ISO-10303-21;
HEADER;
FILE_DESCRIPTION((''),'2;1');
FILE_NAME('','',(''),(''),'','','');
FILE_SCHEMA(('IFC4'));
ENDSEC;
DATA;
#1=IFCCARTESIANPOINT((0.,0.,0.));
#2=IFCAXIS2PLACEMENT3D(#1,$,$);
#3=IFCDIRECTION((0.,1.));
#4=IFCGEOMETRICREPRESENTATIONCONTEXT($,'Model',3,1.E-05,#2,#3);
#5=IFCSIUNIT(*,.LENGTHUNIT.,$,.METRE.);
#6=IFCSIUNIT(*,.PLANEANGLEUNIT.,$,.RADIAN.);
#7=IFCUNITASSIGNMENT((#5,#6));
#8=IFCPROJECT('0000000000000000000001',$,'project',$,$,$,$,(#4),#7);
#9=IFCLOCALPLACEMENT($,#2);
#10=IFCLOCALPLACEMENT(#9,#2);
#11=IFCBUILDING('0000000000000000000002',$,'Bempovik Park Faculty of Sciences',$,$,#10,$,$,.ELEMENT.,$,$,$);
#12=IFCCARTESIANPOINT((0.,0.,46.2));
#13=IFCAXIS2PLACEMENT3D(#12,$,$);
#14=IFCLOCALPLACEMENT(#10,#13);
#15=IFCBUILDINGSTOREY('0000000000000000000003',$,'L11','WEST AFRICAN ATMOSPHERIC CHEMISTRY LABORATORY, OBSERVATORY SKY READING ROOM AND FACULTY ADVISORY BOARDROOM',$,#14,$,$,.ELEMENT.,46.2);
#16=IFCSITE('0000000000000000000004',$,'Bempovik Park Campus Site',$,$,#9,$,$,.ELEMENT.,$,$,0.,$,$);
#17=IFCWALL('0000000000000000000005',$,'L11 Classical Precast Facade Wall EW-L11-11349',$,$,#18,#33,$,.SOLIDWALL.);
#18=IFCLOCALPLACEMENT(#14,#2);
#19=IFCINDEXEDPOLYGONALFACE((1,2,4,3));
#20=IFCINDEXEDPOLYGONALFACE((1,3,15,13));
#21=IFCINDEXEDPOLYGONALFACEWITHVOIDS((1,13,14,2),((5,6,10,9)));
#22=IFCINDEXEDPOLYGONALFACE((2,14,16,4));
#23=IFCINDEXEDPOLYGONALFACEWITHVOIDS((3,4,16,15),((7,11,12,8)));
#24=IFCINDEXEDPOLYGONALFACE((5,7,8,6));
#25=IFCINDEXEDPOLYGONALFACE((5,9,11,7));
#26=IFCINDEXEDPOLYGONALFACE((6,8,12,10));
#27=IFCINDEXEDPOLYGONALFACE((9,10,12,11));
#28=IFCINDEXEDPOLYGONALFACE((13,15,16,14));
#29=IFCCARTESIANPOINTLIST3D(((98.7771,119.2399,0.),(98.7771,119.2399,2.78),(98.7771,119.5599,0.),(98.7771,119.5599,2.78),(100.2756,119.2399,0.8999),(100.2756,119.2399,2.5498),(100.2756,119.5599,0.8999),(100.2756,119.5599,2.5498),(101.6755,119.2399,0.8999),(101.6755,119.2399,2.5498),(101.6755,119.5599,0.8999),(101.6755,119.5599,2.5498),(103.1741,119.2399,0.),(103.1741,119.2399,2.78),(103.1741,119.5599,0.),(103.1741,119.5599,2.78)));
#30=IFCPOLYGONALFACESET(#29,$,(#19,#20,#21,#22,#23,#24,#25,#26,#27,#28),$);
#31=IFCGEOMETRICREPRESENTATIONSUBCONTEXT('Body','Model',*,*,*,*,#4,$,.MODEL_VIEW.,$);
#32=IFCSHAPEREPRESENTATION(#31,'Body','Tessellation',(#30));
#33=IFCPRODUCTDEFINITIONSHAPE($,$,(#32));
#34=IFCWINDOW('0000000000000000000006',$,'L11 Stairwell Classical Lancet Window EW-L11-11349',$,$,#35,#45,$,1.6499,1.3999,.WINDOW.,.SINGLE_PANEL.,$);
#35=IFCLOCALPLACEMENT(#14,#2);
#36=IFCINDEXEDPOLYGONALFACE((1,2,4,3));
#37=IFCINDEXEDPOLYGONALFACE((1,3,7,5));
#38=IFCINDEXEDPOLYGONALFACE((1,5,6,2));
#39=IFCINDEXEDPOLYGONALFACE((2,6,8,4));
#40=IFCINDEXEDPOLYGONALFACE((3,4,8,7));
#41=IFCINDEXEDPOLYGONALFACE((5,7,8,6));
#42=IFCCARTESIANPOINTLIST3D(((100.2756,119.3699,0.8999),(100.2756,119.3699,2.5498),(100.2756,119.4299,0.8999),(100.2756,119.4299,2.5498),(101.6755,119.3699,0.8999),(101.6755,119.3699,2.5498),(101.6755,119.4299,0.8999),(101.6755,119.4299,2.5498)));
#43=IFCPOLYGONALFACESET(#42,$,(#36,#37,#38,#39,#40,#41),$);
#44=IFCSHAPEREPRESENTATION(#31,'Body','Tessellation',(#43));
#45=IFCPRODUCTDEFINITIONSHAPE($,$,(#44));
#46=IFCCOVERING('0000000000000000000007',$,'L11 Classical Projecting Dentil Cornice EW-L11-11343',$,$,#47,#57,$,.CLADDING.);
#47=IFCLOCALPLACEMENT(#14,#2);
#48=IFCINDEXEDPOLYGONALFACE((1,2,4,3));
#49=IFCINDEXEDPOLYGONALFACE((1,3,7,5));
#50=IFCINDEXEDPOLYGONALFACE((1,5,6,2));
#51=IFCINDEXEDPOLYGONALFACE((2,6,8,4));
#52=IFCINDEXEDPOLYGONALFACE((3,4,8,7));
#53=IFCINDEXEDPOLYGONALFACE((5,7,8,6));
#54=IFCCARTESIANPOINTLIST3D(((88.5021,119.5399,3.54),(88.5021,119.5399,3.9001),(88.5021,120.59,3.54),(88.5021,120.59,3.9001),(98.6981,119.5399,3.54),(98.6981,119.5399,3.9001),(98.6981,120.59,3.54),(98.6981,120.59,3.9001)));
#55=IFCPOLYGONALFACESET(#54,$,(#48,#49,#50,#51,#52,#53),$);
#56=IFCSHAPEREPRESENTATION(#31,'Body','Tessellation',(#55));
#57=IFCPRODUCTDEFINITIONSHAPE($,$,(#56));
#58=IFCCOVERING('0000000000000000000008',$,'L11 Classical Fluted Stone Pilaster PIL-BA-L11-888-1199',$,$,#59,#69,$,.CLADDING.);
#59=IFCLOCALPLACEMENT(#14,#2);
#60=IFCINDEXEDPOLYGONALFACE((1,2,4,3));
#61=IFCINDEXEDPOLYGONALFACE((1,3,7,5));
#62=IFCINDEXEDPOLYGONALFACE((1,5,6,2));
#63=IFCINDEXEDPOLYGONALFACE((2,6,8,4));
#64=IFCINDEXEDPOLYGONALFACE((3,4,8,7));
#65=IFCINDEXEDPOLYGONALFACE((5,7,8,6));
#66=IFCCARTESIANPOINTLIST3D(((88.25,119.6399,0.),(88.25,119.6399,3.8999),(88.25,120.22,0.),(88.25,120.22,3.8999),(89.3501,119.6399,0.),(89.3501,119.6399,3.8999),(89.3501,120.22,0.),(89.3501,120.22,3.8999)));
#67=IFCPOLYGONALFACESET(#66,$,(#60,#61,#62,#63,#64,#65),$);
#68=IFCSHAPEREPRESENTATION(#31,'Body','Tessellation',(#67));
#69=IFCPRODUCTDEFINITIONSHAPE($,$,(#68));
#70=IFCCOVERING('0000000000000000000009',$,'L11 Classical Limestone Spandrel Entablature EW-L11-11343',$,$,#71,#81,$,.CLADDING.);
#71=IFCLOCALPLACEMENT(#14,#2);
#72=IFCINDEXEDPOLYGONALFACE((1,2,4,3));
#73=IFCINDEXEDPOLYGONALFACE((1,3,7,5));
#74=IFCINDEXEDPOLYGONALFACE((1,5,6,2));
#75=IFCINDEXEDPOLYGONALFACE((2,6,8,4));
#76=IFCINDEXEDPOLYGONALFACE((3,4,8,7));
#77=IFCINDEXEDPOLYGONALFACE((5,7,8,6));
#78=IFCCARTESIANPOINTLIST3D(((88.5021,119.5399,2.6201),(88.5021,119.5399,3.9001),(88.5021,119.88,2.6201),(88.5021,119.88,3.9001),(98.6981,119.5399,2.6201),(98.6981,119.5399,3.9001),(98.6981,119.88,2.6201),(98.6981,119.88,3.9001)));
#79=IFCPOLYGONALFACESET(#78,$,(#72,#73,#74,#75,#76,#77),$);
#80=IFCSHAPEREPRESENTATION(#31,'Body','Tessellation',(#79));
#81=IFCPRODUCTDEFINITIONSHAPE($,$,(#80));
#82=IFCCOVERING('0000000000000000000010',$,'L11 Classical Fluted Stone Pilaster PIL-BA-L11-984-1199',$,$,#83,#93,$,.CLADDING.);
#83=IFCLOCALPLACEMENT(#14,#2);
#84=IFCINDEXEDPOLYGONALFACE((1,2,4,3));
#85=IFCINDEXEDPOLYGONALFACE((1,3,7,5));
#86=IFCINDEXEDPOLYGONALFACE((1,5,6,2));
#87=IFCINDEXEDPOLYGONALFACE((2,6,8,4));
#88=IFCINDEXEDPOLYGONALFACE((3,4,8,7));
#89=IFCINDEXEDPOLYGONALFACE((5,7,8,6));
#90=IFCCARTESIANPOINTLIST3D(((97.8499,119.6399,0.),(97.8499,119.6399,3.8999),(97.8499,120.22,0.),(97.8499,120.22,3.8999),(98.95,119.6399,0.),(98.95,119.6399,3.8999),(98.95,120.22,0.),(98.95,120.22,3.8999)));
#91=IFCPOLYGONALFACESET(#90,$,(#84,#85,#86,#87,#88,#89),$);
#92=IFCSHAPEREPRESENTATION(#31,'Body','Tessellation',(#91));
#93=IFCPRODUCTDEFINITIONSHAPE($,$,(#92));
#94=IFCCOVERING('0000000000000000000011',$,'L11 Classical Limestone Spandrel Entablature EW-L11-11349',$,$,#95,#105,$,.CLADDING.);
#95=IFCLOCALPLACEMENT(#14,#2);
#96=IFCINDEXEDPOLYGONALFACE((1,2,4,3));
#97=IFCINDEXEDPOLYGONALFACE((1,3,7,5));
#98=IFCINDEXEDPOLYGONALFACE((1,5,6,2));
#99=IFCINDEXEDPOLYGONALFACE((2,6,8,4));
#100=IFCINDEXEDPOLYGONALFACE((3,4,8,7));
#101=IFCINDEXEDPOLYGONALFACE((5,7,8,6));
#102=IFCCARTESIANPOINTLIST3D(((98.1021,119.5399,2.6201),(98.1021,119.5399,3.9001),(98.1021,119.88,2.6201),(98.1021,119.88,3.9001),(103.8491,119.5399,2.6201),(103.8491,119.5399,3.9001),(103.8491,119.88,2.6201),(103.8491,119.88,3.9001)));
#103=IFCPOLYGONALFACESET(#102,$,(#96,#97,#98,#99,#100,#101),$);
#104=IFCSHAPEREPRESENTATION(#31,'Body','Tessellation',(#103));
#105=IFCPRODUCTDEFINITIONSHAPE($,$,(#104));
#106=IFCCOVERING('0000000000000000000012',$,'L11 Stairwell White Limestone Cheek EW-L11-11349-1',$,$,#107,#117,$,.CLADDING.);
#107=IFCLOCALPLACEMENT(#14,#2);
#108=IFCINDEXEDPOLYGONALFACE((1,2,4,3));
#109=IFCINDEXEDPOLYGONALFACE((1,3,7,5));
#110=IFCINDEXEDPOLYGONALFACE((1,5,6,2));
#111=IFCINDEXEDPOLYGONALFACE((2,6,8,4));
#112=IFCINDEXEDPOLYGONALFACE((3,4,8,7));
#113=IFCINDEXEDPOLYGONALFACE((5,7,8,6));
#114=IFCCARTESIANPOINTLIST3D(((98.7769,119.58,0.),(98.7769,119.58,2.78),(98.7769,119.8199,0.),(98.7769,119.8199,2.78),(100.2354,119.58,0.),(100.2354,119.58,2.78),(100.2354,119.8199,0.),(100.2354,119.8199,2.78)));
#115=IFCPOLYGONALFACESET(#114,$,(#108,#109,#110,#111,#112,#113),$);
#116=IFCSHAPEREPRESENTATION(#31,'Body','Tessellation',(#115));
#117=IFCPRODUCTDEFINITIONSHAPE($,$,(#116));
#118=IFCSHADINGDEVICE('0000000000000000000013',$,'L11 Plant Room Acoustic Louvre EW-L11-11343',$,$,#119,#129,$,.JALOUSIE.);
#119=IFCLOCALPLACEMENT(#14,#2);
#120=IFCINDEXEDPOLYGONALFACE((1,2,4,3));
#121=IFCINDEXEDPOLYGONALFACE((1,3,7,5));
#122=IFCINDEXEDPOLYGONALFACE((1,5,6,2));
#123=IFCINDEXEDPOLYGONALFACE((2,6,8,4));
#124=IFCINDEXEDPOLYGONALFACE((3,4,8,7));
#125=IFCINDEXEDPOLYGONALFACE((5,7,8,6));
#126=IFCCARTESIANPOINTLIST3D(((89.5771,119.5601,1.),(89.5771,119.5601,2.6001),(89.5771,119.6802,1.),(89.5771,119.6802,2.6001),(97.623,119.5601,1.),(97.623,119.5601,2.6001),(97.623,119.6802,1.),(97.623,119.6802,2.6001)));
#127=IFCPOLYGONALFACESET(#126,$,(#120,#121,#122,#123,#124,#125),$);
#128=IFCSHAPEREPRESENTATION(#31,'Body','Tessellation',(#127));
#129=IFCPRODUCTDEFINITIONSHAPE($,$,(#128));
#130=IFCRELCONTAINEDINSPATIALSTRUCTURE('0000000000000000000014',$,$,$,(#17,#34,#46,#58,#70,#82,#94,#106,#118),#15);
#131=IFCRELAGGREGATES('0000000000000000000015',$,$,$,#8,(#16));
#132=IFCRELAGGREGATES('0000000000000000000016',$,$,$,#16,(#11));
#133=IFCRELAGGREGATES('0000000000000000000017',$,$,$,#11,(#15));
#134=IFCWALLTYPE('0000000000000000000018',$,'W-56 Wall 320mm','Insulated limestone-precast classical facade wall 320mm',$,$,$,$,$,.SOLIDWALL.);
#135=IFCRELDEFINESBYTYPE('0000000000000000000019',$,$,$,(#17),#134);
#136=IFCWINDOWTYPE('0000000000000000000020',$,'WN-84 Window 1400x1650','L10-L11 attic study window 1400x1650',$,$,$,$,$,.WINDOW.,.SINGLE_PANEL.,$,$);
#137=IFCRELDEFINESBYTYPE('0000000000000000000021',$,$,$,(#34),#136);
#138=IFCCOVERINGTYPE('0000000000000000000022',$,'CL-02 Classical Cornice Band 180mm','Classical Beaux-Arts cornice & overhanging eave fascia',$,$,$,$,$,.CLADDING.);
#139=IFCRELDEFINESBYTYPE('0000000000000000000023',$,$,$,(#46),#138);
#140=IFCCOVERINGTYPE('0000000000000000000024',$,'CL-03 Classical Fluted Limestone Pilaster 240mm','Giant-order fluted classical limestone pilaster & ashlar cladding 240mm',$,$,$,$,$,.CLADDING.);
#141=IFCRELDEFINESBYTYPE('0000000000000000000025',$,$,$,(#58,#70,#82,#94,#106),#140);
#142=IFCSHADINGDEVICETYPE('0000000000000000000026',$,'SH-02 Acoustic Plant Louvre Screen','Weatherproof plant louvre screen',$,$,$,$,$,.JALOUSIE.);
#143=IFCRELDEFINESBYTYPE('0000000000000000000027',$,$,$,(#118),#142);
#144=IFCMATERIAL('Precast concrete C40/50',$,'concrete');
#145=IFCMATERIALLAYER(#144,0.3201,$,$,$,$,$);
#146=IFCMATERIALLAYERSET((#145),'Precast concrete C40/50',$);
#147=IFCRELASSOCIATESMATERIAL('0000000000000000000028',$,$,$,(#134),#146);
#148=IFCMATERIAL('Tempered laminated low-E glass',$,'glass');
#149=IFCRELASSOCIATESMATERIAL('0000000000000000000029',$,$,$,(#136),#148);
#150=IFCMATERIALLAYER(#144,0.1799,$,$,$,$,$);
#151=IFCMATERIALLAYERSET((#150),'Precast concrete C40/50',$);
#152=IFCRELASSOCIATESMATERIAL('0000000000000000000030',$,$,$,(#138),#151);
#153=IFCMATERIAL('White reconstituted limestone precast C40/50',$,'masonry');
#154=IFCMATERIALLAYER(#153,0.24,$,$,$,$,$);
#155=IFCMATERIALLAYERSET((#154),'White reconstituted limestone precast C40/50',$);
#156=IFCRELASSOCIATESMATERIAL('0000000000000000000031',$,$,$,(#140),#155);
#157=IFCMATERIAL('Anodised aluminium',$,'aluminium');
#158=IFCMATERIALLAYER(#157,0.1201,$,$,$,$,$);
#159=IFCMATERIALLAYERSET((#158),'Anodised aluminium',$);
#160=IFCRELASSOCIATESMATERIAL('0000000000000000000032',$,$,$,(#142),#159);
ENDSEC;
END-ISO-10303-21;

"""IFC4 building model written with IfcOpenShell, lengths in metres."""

from ifc_helpers import new_model, si_unit, direction, frame, frame_2d, origin, origin_2d, place, context, subcontext, project, spatial, rectangle, extrude, material, layer, layer_set, type_object, element, fill, save


model = new_model("IFC4")

# Units and contexts
model_context = context("Model", 3, precision=1e-05, world=origin(), true_north=direction((0.0, 1.0)))
body_context = subcontext(model_context, "Body", "Model", "MODEL_VIEW")
ifc_project = project(units=[si_unit("LENGTHUNIT", "METRE"), si_unit("PLANEANGLEUNIT", "RADIAN")], contexts=[model_context])

# Site, building, storey
site_placement = place(None, origin())
site = spatial("IfcSite", under=ifc_project, at=site_placement, Name="Bempovik Park Campus Site", CompositionType="ELEMENT", RefElevation=0.0)
building_placement = place(site_placement, origin())
building = spatial("IfcBuilding", under=site, at=building_placement, Name="Bempovik Park Faculty of Sciences", CompositionType="ELEMENT")
storey_placement = place(building_placement, frame((0.0, 0.0, 46.2)))
storey = spatial("IfcBuildingStorey", under=building, at=storey_placement, Name="L11", Description="WEST AFRICAN ATMOSPHERIC CHEMISTRY LABORATORY, OBSERVATORY SKY READING ROOM AND FACULTY ADVISORY BOARDROOM", CompositionType="ELEMENT", Elevation=46.2)

# Wall, opening, window
ifc_material_1 = material(Name="Precast concrete C40/50", Category="concrete")
ifc_layer_1 = layer(ifc_material_1, 0.3201)
ifc_layer_set_1 = layer_set([ifc_layer_1], Name="Precast concrete C40/50")
wall_type_1 = type_object("IfcWallType", Name="W-56 Wall 320mm", Description="Insulated limestone-precast classical facade wall 320mm", PredefinedType="SOLIDWALL", material=ifc_layer_set_1)
ifc_material_2 = material(Name="Tempered laminated low-E glass", Category="glass")
wall_1_placement = place(storey_placement, frame((98.7771, 119.3999, 0.0), z_axis=(0.0, 0.0, 1.0), x_axis=(1.0, 0.0, 0.0)))
wall_1 = element("IfcWall", 1, at=wall_1_placement, inside=storey, type_object=wall_type_1, Name="L11 Classical Precast Facade Wall EW-L11-11349", PredefinedType="SOLIDWALL", context=body_context, shape_type="SweptSolid", body=[
    extrude(rectangle(XDim=4.397, YDim=0.3201, at=frame_2d((2.1985, 0.0))), origin(), (0.0, 0.0, 1.0), 2.78),
])
opening_1_placement = place(wall_1_placement, frame((1.4985, 0.0, 0.8999)))
opening_1 = element("IfcOpeningElement", 2, at=opening_1_placement, cuts=wall_1, PredefinedType="OPENING", context=body_context, shape_type="SweptSolid", body=[
    extrude(rectangle(XDim=1.3999, YDim=1.6499, at=frame_2d((0.7, 0.825))), frame((0.0, 0.1699, 0.0), z_axis=(0.0, -1.0, 0.0), x_axis=(1.0, 0.0, 0.0)), (0.0, 0.0, 1.0), 0.3401),
])
window_type_1 = type_object("IfcWindowType", Name="WN-84 Window 1400x1650", Description="L10-L11 attic study window 1400x1650", PartitioningType="SINGLE_PANEL", PredefinedType="WINDOW", material=ifc_material_2)
window_1_placement = place(opening_1_placement, origin())
window_1 = element("IfcWindow", 3, at=window_1_placement, inside=storey, type_object=window_type_1, Name="L11 Stairwell Classical Lancet Window EW-L11-11349", OverallHeight=1.6499, OverallWidth=1.3999, PartitioningType="SINGLE_PANEL", PredefinedType="WINDOW", context=body_context, shape_type="SweptSolid", body=[
    extrude(rectangle(XDim=1.3999, YDim=1.6499, at=frame_2d((0.7, 0.825))), frame((0.0, 0.03, 0.0), z_axis=(0.0, -1.0, 0.0), x_axis=(1.0, 0.0, 0.0)), (0.0, 0.0, 1.0), 0.0601),
])
fill(opening_1, window_1)

# Coverings
ifc_layer_2 = layer(ifc_material_1, 0.1799)
ifc_layer_set_2 = layer_set([ifc_layer_2], Name="Precast concrete C40/50")
covering_type_1 = type_object("IfcCoveringType", Name="CL-02 Classical Cornice Band 180mm", Description="Classical Beaux-Arts cornice & overhanging eave fascia", PredefinedType="CLADDING", material=ifc_layer_set_2)
covering_1_placement = place(storey_placement, frame((93.6001, 120.0649, 3.54), z_axis=(0.0, 0.0, 1.0), x_axis=(1.0, 0.0, 0.0)))
element("IfcCovering", 4, at=covering_1_placement, inside=storey, type_object=covering_type_1, Name="L11 Classical Projecting Dentil Cornice EW-L11-11343", PredefinedType="CLADDING", context=body_context, shape_type="SweptSolid", body=[
    extrude(rectangle(XDim=10.196, YDim=1.05, at=origin_2d()), origin(), (0.0, 0.0, 1.0), 0.3601),
])
ifc_material_3 = material(Name="White reconstituted limestone precast C40/50", Category="masonry")
ifc_layer_3 = layer(ifc_material_3, 0.24)
ifc_layer_set_3 = layer_set([ifc_layer_3], Name="White reconstituted limestone precast C40/50")
covering_type_2 = type_object("IfcCoveringType", Name="CL-03 Classical Fluted Limestone Pilaster 240mm", Description="Giant-order fluted classical limestone pilaster & ashlar cladding 240mm", PredefinedType="CLADDING", material=ifc_layer_set_3)
covering_2_placement = place(storey_placement, frame((88.8, 119.9299, 0.0), z_axis=(0.0, 0.0, 1.0), x_axis=(1.0, 0.0, 0.0)))
element("IfcCovering", 5, at=covering_2_placement, inside=storey, type_object=covering_type_2, Name="L11 Classical Fluted Stone Pilaster PIL-BA-L11-888-1199", PredefinedType="CLADDING", context=body_context, shape_type="SweptSolid", body=[
    extrude(rectangle(XDim=1.1001, YDim=0.5801, at=origin_2d()), origin(), (0.0, 0.0, 1.0), 3.8999),
])
covering_3_placement = place(storey_placement, frame((93.6001, 119.71, 2.6201), z_axis=(0.0, 0.0, 1.0), x_axis=(1.0, 0.0, 0.0)))
element("IfcCovering", 6, at=covering_3_placement, inside=storey, type_object=covering_type_2, Name="L11 Classical Limestone Spandrel Entablature EW-L11-11343", PredefinedType="CLADDING", context=body_context, shape_type="SweptSolid", body=[
    extrude(rectangle(XDim=10.196, YDim=0.3401, at=origin_2d()), origin(), (0.0, 0.0, 1.0), 1.28),
])
covering_4_placement = place(storey_placement, frame((98.3999, 119.9299, 0.0), z_axis=(0.0, 0.0, 1.0), x_axis=(1.0, 0.0, 0.0)))
element("IfcCovering", 7, at=covering_4_placement, inside=storey, type_object=covering_type_2, Name="L11 Classical Fluted Stone Pilaster PIL-BA-L11-984-1199", PredefinedType="CLADDING", context=body_context, shape_type="SweptSolid", body=[
    extrude(rectangle(XDim=1.1001, YDim=0.5801, at=origin_2d()), origin(), (0.0, 0.0, 1.0), 3.8999),
])
covering_5_placement = place(storey_placement, frame((100.9756, 119.71, 2.6201), z_axis=(0.0, 0.0, 1.0), x_axis=(1.0, 0.0, 0.0)))
element("IfcCovering", 8, at=covering_5_placement, inside=storey, type_object=covering_type_2, Name="L11 Classical Limestone Spandrel Entablature EW-L11-11349", PredefinedType="CLADDING", context=body_context, shape_type="SweptSolid", body=[
    extrude(rectangle(XDim=5.7471, YDim=0.3401, at=origin_2d()), origin(), (0.0, 0.0, 1.0), 1.28),
])
covering_6_placement = place(storey_placement, frame((99.5061, 119.7, 0.0), z_axis=(0.0, 0.0, 1.0), x_axis=(1.0, 0.0, 0.0)))
element("IfcCovering", 9, at=covering_6_placement, inside=storey, type_object=covering_type_2, Name="L11 Stairwell White Limestone Cheek EW-L11-11349-1", PredefinedType="CLADDING", context=body_context, shape_type="SweptSolid", body=[
    extrude(rectangle(XDim=1.4585, YDim=0.24, at=origin_2d()), origin(), (0.0, 0.0, 1.0), 2.78),
])

# Shading device
ifc_material_4 = material(Name="Anodised aluminium", Category="aluminium")
ifc_layer_4 = layer(ifc_material_4, 0.1201)
ifc_layer_set_4 = layer_set([ifc_layer_4], Name="Anodised aluminium")
shading_device_type = type_object("IfcShadingDeviceType", Name="SH-02 Acoustic Plant Louvre Screen", Description="Weatherproof plant louvre screen", PredefinedType="JALOUSIE", material=ifc_layer_set_4)
shading_device_placement = place(storey_placement, frame((93.6001, 119.6201, 1.0), z_axis=(0.0, 0.0, 1.0), x_axis=(1.0, 0.0, 0.0)))
element("IfcShadingDevice", 10, at=shading_device_placement, inside=storey, type_object=shading_device_type, Name="L11 Plant Room Acoustic Louvre EW-L11-11343", PredefinedType="JALOUSIE", context=body_context, shape_type="SweptSolid", body=[
    extrude(rectangle(XDim=8.0459, YDim=0.1201, at=origin_2d()), origin(), (0.0, 0.0, 1.0), 1.6001),
])

save(model, "model.ifc")
